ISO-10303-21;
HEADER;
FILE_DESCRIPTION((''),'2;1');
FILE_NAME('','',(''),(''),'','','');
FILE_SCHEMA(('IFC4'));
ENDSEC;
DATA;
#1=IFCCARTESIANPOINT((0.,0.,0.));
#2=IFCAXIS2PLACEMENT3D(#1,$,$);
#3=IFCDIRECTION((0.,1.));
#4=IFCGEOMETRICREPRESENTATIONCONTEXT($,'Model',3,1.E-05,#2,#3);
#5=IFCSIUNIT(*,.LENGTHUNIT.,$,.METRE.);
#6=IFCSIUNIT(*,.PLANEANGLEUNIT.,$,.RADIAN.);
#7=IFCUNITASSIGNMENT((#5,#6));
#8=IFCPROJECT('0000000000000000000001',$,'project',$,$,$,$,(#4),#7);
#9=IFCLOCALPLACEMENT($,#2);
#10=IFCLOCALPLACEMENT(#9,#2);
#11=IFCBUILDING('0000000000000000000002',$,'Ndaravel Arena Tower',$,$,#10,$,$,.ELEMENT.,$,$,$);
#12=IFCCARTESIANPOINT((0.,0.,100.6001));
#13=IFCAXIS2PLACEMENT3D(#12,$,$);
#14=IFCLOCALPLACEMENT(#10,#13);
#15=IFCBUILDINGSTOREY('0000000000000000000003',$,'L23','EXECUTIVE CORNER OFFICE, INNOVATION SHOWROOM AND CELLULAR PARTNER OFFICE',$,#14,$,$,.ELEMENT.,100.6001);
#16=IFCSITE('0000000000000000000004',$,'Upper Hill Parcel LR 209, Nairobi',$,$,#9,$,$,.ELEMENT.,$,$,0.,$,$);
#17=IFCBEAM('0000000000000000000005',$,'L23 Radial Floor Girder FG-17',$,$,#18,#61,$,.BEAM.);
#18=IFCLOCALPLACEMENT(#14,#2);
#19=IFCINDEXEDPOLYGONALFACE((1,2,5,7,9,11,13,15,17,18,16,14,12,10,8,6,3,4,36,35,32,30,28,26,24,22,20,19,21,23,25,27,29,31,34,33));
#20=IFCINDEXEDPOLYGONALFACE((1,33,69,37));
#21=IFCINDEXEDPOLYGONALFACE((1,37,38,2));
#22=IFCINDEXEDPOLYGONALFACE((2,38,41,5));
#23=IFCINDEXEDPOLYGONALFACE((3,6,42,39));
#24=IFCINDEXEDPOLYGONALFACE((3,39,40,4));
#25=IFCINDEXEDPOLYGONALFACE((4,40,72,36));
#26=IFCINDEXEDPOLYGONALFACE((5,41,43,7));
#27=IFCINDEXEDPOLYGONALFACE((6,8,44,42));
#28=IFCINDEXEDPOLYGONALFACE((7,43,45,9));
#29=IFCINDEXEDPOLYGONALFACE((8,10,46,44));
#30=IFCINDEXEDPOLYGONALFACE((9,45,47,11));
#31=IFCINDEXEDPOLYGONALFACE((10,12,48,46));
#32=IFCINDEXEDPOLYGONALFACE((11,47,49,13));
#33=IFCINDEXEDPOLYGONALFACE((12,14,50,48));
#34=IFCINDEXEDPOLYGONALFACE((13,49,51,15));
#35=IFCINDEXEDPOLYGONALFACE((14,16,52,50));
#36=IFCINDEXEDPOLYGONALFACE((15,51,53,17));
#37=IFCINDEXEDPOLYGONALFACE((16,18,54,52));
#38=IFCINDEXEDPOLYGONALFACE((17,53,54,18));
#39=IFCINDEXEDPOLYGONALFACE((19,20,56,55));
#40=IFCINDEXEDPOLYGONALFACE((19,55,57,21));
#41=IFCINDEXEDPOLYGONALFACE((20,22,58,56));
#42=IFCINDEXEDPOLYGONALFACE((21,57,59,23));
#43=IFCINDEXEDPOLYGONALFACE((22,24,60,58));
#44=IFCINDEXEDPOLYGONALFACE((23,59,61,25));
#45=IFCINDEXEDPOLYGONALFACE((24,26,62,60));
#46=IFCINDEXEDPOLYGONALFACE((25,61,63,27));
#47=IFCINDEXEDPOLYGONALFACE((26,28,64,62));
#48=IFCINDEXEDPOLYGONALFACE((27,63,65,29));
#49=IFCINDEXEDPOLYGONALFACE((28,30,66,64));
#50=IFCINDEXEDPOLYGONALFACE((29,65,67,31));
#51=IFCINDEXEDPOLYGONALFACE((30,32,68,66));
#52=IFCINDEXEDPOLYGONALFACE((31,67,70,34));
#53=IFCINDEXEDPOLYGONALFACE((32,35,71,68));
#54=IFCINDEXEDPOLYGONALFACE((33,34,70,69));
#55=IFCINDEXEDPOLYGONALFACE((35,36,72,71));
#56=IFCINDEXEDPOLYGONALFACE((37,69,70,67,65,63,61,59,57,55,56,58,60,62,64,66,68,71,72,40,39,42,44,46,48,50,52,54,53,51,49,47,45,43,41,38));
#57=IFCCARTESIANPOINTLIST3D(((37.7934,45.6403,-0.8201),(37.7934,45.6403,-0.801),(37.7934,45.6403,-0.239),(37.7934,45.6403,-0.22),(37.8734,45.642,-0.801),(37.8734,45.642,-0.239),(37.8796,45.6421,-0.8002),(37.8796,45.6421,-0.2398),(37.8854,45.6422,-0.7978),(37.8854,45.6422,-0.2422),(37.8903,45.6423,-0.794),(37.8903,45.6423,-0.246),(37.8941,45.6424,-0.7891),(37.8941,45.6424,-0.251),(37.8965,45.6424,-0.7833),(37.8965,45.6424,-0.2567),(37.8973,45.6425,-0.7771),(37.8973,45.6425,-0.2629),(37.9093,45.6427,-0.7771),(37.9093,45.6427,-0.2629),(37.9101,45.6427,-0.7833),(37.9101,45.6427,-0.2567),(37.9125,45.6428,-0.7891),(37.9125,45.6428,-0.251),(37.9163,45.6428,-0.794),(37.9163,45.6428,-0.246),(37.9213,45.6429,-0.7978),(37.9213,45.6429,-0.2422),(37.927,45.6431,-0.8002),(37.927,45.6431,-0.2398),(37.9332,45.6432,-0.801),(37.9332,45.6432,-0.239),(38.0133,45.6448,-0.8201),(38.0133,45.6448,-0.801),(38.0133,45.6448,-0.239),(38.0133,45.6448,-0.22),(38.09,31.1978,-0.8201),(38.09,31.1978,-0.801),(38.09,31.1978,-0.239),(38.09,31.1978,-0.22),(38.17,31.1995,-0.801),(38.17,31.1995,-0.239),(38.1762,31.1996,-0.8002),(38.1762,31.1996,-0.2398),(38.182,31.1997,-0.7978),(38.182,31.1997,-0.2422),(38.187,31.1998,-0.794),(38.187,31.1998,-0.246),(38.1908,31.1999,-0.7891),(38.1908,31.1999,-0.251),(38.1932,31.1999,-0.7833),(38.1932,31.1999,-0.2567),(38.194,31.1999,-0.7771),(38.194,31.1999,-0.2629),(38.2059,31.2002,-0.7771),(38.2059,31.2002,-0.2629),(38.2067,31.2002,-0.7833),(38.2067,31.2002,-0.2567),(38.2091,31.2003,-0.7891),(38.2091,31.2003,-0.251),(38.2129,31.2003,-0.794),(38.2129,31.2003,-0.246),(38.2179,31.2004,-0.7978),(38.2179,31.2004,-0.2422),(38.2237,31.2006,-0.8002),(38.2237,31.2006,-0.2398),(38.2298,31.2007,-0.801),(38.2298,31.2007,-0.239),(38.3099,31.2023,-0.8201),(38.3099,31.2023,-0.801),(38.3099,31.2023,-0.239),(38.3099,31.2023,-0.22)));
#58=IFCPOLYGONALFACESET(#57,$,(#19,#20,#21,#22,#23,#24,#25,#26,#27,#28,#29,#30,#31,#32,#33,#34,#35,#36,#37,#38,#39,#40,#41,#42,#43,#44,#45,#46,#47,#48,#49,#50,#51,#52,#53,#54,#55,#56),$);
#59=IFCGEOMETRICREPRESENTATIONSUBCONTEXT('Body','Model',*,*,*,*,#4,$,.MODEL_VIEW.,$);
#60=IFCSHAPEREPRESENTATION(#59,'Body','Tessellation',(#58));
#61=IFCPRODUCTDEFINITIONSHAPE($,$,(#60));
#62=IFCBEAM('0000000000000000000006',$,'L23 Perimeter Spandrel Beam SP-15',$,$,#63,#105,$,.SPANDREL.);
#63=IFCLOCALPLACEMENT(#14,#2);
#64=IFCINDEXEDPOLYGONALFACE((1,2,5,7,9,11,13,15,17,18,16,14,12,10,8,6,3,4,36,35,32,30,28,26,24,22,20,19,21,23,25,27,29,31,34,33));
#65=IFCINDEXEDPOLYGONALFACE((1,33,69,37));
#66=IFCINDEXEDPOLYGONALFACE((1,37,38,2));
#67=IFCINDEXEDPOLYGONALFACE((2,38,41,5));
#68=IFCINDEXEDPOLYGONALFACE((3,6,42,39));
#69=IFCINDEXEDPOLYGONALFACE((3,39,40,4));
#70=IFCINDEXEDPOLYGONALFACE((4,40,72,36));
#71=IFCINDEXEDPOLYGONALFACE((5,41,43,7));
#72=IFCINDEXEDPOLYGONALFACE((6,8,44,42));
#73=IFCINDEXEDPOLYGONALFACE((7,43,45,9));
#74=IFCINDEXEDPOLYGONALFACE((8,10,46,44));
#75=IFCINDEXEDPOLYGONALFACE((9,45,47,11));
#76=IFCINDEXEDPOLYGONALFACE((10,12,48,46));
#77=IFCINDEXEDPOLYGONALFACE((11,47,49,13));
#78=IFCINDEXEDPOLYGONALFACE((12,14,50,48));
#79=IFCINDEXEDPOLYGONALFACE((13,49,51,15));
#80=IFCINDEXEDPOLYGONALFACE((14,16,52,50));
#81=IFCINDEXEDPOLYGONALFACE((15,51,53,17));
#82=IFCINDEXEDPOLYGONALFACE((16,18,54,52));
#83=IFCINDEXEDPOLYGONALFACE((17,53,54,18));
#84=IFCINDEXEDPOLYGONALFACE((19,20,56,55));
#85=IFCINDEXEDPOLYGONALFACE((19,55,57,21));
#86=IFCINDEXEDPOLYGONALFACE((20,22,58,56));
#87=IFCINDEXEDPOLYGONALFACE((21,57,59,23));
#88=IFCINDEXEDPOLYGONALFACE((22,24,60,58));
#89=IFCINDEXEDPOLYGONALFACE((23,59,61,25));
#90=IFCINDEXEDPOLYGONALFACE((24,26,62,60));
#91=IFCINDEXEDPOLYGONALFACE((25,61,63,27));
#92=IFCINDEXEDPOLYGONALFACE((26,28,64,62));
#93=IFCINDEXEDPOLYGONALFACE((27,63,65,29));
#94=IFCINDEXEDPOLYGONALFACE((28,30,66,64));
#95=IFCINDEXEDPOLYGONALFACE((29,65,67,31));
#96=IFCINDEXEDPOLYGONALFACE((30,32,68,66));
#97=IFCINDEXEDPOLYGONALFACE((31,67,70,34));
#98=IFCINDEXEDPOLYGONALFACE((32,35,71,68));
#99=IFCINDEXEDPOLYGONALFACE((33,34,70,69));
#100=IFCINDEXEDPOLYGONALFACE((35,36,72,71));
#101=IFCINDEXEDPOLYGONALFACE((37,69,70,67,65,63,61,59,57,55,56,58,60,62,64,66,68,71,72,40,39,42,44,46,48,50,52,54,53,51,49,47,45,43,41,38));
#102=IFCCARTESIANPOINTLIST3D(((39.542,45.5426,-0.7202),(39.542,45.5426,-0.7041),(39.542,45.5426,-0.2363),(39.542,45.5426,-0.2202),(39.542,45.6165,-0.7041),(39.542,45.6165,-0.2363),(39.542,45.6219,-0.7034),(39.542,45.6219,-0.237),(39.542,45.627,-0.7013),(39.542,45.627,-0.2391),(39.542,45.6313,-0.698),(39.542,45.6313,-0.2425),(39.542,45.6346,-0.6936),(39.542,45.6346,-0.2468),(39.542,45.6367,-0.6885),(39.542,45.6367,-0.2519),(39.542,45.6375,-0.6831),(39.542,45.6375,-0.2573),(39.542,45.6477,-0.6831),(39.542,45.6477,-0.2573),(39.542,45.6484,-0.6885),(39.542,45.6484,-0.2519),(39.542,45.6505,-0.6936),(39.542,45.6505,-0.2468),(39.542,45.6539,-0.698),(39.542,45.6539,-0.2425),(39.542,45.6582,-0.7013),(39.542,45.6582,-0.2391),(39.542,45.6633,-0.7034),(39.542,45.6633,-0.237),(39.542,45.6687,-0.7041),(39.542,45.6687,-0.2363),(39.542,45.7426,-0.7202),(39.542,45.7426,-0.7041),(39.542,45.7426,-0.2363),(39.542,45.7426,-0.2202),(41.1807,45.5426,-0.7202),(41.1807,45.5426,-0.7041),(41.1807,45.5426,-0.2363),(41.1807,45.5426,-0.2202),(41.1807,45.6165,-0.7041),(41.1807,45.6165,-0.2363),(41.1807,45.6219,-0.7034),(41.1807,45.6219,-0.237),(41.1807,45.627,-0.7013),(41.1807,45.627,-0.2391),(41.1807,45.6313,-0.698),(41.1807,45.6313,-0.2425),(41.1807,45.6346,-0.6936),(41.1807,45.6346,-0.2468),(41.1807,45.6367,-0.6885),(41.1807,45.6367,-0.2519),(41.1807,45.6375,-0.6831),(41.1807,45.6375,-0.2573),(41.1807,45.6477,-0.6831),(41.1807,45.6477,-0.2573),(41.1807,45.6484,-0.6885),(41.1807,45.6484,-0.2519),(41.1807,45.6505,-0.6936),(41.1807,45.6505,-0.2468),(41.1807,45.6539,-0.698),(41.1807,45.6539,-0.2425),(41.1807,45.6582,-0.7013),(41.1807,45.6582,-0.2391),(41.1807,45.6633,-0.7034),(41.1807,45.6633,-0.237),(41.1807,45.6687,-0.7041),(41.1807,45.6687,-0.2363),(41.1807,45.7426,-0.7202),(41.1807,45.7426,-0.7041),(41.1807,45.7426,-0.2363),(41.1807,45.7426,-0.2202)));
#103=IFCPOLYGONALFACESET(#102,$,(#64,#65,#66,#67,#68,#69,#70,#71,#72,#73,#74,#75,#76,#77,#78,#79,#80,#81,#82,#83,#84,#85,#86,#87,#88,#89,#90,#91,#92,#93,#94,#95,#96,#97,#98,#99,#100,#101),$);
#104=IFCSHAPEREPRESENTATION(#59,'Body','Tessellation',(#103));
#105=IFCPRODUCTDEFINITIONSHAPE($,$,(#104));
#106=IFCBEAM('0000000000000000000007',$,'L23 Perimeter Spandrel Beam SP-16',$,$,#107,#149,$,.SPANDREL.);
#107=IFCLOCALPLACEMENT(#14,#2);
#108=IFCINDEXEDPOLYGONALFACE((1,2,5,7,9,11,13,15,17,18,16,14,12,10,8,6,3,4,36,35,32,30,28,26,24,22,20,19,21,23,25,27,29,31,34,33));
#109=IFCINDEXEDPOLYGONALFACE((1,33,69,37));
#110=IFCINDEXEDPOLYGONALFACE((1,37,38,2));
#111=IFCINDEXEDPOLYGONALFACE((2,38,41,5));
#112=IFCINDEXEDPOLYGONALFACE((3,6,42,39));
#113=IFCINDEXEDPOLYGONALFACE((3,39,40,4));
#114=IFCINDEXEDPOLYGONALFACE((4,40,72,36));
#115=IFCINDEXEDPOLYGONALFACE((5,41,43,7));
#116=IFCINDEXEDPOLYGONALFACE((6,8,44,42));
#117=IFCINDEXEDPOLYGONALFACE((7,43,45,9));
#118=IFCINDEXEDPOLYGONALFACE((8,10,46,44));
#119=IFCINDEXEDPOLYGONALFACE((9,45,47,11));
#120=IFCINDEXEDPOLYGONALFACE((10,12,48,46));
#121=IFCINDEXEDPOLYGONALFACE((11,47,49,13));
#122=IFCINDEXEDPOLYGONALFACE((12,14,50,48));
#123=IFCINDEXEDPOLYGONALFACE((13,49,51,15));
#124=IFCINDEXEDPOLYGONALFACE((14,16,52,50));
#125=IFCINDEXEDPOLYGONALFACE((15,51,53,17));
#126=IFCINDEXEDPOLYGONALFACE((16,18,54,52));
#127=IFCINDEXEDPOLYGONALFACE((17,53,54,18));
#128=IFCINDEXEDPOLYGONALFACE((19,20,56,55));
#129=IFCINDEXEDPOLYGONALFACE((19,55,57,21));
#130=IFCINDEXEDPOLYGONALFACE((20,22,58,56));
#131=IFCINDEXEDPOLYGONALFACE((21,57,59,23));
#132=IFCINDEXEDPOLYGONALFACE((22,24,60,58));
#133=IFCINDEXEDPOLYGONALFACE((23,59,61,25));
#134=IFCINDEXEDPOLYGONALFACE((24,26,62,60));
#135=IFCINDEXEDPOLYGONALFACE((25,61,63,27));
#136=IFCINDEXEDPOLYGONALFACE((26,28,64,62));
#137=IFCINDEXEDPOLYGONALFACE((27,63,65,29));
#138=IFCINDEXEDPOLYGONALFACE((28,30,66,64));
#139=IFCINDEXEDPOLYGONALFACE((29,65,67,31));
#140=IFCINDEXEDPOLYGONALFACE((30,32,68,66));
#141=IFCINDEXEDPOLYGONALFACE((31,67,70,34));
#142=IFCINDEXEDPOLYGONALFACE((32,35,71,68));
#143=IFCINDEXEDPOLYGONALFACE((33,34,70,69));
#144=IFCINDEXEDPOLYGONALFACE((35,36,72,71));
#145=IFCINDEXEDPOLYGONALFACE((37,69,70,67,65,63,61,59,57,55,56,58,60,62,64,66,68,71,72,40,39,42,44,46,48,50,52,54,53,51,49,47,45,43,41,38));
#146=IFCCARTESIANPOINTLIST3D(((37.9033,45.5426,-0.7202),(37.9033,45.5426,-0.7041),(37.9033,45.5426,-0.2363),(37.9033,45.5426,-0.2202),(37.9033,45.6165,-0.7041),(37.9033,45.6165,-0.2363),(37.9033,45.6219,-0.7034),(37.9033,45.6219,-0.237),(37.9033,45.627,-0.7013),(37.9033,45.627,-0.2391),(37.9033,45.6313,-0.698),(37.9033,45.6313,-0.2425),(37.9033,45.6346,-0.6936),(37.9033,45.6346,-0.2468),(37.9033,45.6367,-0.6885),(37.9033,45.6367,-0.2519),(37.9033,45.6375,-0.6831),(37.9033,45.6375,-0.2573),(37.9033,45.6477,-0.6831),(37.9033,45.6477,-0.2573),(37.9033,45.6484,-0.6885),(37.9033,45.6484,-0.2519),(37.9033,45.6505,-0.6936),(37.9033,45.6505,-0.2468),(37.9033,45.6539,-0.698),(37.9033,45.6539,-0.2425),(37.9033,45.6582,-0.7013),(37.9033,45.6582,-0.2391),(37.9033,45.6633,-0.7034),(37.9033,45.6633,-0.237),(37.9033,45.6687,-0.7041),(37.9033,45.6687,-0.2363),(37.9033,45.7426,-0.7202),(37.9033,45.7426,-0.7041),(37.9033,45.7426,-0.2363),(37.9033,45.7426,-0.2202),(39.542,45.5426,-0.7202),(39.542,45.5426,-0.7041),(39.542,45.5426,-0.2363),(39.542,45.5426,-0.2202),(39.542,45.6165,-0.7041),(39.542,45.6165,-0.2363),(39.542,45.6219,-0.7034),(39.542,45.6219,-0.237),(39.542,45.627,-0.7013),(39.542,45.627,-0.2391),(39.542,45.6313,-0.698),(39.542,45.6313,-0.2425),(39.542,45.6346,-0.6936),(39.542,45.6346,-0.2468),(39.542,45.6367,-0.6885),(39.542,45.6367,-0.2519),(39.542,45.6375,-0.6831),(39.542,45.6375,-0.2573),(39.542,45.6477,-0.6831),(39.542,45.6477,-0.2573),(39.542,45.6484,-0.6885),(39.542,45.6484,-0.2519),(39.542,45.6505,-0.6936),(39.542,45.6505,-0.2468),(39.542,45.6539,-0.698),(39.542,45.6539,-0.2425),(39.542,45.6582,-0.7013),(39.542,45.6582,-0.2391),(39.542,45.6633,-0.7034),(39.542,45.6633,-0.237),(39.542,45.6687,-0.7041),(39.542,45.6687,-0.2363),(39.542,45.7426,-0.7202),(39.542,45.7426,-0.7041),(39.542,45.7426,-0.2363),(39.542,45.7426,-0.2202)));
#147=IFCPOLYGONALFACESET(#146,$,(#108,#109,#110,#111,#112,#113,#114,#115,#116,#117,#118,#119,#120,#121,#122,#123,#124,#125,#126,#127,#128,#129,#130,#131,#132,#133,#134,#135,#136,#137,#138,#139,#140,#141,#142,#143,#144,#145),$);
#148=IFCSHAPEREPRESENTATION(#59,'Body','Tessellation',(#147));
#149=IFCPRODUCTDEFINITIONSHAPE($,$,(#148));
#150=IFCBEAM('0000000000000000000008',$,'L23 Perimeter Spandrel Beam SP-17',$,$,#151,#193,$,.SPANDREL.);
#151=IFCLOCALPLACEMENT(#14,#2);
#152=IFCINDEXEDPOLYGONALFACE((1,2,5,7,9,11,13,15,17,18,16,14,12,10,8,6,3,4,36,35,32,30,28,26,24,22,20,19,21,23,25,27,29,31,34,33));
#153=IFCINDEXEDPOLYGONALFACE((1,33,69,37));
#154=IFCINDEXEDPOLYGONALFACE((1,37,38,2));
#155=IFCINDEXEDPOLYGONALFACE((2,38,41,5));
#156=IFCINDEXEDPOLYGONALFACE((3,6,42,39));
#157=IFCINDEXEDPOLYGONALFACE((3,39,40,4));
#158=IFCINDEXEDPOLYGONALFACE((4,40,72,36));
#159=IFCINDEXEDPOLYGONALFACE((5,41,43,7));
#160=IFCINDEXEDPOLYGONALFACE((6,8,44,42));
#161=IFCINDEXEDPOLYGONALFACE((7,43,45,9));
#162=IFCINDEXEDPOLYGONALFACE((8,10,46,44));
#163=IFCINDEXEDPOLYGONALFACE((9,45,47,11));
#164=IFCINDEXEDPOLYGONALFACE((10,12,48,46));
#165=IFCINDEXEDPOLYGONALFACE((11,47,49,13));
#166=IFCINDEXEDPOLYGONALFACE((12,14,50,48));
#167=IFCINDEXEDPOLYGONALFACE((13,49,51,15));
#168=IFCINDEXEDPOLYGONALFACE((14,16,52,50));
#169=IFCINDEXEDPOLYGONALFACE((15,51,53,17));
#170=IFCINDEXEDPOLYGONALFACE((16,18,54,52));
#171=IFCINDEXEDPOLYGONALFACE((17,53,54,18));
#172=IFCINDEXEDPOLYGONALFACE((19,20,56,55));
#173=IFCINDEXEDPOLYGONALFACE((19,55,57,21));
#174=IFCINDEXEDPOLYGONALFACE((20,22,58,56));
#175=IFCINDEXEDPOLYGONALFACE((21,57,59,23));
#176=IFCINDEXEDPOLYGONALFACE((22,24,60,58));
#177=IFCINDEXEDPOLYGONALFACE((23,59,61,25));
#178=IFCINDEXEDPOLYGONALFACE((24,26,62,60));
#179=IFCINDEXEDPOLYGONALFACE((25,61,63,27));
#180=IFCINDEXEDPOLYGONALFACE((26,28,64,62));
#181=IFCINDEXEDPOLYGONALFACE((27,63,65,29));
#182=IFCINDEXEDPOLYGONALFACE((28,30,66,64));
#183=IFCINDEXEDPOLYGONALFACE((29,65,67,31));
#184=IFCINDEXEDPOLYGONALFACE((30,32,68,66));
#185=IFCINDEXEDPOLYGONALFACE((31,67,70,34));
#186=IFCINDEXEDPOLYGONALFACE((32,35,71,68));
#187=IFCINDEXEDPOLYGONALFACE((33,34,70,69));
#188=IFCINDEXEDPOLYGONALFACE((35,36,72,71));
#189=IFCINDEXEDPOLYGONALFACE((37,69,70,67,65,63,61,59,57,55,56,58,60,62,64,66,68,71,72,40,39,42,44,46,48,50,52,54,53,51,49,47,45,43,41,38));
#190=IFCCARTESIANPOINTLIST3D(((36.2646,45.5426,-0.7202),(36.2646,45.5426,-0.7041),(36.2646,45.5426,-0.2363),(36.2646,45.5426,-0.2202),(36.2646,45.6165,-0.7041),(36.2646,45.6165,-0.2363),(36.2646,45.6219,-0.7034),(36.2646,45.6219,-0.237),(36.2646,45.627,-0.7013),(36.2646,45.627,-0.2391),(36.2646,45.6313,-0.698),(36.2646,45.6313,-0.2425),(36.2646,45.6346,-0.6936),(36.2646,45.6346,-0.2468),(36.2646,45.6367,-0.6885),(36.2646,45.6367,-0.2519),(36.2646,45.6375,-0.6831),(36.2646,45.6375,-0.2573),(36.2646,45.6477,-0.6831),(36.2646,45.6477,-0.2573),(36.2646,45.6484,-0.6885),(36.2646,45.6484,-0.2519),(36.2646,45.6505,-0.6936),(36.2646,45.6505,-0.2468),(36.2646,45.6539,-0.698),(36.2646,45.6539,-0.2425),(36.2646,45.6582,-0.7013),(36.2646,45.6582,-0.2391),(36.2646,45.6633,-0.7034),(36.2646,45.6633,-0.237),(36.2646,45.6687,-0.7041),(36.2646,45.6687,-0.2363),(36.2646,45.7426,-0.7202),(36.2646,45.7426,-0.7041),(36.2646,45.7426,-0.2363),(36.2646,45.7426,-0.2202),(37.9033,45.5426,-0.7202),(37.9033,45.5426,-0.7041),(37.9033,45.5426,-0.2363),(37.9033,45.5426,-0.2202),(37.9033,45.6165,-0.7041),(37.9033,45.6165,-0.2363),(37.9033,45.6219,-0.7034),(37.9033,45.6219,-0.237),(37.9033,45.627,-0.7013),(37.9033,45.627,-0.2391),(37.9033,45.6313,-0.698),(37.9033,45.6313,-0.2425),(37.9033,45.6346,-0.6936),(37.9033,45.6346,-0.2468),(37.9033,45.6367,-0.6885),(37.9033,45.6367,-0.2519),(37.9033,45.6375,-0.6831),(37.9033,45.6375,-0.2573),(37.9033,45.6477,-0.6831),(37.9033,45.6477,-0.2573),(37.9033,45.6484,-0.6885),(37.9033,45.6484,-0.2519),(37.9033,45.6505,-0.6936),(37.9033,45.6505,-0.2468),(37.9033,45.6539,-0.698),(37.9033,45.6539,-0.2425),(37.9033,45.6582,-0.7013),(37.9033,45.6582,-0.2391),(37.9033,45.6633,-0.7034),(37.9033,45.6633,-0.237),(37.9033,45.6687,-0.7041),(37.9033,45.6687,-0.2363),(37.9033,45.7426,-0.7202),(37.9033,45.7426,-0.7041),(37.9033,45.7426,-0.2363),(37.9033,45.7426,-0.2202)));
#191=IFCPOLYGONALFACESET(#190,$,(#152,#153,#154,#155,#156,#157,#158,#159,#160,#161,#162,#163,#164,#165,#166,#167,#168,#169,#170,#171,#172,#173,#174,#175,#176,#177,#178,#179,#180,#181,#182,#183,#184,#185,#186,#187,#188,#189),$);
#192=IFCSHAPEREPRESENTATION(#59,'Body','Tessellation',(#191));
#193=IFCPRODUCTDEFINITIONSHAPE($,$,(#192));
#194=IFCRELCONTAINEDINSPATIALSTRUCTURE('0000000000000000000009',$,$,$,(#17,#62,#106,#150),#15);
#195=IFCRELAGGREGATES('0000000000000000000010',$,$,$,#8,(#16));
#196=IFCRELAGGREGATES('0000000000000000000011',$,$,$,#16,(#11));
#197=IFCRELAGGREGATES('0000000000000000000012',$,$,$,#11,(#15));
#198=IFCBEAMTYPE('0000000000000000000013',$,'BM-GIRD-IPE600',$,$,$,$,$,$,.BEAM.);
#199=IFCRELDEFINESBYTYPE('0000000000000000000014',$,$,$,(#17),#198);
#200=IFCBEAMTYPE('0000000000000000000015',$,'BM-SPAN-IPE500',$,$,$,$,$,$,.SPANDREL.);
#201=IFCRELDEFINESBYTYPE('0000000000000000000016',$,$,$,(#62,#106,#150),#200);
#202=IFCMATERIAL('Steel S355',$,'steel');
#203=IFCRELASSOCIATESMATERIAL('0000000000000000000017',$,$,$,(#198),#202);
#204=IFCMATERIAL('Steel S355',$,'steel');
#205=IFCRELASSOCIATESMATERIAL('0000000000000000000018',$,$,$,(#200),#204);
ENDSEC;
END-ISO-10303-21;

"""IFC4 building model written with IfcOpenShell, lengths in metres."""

from ifc_helpers import new_model, si_unit, direction, frame, origin, origin_2d, place, context, subcontext, project, spatial, i_section, extrude, material, material_profile, profile_set, type_object, element, save


model = new_model("IFC4")

# Units and contexts
model_context = context("Model", 3, precision=1e-05, world=origin(), true_north=direction((0.0, 1.0)))
body_context = subcontext(model_context, "Body", "Model", "MODEL_VIEW")
ifc_project = project(units=[si_unit("LENGTHUNIT", "METRE"), si_unit("PLANEANGLEUNIT", "RADIAN")], contexts=[model_context])

# Site, building, storey
site_placement = place(None, origin())
site = spatial("IfcSite", under=ifc_project, at=site_placement, Name="Upper Hill Parcel LR 209, Nairobi", CompositionType="ELEMENT", RefElevation=0.0)
building_placement = place(site_placement, origin())
building = spatial("IfcBuilding", under=site, at=building_placement, Name="Ndaravel Arena Tower", CompositionType="ELEMENT")
storey_placement = place(building_placement, frame((0.0, 0.0, 100.6001)))
storey = spatial("IfcBuildingStorey", under=building, at=storey_placement, Name="L23", Description="EXECUTIVE CORNER OFFICE, INNOVATION SHOWROOM AND CELLULAR PARTNER OFFICE", CompositionType="ELEMENT", Elevation=100.6001)

# Beams
ifc_material_1 = material(Name="Steel S355", Category="steel")
ifc_material_profile_1 = material_profile(ifc_material_1, i_section(OverallWidth=0.22, OverallDepth=0.6001, WebThickness=0.012, FlangeThickness=0.019, FilletRadius=0.0239, at=origin_2d()), Name="IPE 600")
ifc_profile_set_1 = profile_set([ifc_material_profile_1], Name="Steel S355")
beam_type_1 = type_object("IfcBeamType", Name="BM-GIRD-IPE600", PredefinedType="BEAM", material=ifc_profile_set_1)
beam_1_placement = place(storey_placement, frame((37.9033, 45.6426, -0.52), z_axis=(0.020534, -0.999789, 0.0), x_axis=(0.999789, 0.020534, 0.0)))
element("IfcBeam", 1, at=beam_1_placement, inside=storey, type_object=beam_type_1, Name="L23 Radial Floor Girder FG-17", PredefinedType="BEAM", context=body_context, shape_type="SweptSolid", body=[
    extrude(i_section(OverallWidth=0.22, OverallDepth=0.6001, WebThickness=0.012, FlangeThickness=0.019, FilletRadius=0.0239, at=origin_2d()), origin(), (0.0, 0.0, 1.0), 14.4456),
])
ifc_material_2 = material(Name="Steel S355", Category="steel")
ifc_material_profile_2 = material_profile(ifc_material_2, i_section(OverallWidth=0.2, OverallDepth=0.5, WebThickness=0.0103, FlangeThickness=0.0161, FilletRadius=0.021, at=origin_2d()), Name="IPE 500")
ifc_profile_set_2 = profile_set([ifc_material_profile_2], Name="Steel S355")
beam_type_2 = type_object("IfcBeamType", Name="BM-SPAN-IPE500", PredefinedType="SPANDREL", material=ifc_profile_set_2)
for number, where, z_axis, x_axis, name in (
    (2, (41.1807, 45.6426, -0.4702), (-1.0, 0.0, 0.0), (0.0, -1.0, 0.0), "L23 Perimeter Spandrel Beam SP-15"),
    (3, (39.542, 45.6426, -0.4702), (-1.0, 0.0, 0.0), (0.0, -1.0, 0.0), "L23 Perimeter Spandrel Beam SP-16"),
    (4, (37.9033, 45.6426, -0.4702), (-1.0, 0.0, 0.0), (0.0, -1.0, 0.0), "L23 Perimeter Spandrel Beam SP-17"),
):
    element("IfcBeam", number, at=place(storey_placement, frame(where, z_axis=z_axis, x_axis=x_axis)), inside=storey, type_object=beam_type_2, Name=name, PredefinedType="SPANDREL", context=body_context, shape_type="SweptSolid", body=[
        extrude(i_section(OverallWidth=0.2, OverallDepth=0.5, WebThickness=0.0103, FlangeThickness=0.0161, FilletRadius=0.021, at=origin_2d()), origin(), (0.0, 0.0, 1.0), 1.6387),
    ])

save(model, "model.ifc")
